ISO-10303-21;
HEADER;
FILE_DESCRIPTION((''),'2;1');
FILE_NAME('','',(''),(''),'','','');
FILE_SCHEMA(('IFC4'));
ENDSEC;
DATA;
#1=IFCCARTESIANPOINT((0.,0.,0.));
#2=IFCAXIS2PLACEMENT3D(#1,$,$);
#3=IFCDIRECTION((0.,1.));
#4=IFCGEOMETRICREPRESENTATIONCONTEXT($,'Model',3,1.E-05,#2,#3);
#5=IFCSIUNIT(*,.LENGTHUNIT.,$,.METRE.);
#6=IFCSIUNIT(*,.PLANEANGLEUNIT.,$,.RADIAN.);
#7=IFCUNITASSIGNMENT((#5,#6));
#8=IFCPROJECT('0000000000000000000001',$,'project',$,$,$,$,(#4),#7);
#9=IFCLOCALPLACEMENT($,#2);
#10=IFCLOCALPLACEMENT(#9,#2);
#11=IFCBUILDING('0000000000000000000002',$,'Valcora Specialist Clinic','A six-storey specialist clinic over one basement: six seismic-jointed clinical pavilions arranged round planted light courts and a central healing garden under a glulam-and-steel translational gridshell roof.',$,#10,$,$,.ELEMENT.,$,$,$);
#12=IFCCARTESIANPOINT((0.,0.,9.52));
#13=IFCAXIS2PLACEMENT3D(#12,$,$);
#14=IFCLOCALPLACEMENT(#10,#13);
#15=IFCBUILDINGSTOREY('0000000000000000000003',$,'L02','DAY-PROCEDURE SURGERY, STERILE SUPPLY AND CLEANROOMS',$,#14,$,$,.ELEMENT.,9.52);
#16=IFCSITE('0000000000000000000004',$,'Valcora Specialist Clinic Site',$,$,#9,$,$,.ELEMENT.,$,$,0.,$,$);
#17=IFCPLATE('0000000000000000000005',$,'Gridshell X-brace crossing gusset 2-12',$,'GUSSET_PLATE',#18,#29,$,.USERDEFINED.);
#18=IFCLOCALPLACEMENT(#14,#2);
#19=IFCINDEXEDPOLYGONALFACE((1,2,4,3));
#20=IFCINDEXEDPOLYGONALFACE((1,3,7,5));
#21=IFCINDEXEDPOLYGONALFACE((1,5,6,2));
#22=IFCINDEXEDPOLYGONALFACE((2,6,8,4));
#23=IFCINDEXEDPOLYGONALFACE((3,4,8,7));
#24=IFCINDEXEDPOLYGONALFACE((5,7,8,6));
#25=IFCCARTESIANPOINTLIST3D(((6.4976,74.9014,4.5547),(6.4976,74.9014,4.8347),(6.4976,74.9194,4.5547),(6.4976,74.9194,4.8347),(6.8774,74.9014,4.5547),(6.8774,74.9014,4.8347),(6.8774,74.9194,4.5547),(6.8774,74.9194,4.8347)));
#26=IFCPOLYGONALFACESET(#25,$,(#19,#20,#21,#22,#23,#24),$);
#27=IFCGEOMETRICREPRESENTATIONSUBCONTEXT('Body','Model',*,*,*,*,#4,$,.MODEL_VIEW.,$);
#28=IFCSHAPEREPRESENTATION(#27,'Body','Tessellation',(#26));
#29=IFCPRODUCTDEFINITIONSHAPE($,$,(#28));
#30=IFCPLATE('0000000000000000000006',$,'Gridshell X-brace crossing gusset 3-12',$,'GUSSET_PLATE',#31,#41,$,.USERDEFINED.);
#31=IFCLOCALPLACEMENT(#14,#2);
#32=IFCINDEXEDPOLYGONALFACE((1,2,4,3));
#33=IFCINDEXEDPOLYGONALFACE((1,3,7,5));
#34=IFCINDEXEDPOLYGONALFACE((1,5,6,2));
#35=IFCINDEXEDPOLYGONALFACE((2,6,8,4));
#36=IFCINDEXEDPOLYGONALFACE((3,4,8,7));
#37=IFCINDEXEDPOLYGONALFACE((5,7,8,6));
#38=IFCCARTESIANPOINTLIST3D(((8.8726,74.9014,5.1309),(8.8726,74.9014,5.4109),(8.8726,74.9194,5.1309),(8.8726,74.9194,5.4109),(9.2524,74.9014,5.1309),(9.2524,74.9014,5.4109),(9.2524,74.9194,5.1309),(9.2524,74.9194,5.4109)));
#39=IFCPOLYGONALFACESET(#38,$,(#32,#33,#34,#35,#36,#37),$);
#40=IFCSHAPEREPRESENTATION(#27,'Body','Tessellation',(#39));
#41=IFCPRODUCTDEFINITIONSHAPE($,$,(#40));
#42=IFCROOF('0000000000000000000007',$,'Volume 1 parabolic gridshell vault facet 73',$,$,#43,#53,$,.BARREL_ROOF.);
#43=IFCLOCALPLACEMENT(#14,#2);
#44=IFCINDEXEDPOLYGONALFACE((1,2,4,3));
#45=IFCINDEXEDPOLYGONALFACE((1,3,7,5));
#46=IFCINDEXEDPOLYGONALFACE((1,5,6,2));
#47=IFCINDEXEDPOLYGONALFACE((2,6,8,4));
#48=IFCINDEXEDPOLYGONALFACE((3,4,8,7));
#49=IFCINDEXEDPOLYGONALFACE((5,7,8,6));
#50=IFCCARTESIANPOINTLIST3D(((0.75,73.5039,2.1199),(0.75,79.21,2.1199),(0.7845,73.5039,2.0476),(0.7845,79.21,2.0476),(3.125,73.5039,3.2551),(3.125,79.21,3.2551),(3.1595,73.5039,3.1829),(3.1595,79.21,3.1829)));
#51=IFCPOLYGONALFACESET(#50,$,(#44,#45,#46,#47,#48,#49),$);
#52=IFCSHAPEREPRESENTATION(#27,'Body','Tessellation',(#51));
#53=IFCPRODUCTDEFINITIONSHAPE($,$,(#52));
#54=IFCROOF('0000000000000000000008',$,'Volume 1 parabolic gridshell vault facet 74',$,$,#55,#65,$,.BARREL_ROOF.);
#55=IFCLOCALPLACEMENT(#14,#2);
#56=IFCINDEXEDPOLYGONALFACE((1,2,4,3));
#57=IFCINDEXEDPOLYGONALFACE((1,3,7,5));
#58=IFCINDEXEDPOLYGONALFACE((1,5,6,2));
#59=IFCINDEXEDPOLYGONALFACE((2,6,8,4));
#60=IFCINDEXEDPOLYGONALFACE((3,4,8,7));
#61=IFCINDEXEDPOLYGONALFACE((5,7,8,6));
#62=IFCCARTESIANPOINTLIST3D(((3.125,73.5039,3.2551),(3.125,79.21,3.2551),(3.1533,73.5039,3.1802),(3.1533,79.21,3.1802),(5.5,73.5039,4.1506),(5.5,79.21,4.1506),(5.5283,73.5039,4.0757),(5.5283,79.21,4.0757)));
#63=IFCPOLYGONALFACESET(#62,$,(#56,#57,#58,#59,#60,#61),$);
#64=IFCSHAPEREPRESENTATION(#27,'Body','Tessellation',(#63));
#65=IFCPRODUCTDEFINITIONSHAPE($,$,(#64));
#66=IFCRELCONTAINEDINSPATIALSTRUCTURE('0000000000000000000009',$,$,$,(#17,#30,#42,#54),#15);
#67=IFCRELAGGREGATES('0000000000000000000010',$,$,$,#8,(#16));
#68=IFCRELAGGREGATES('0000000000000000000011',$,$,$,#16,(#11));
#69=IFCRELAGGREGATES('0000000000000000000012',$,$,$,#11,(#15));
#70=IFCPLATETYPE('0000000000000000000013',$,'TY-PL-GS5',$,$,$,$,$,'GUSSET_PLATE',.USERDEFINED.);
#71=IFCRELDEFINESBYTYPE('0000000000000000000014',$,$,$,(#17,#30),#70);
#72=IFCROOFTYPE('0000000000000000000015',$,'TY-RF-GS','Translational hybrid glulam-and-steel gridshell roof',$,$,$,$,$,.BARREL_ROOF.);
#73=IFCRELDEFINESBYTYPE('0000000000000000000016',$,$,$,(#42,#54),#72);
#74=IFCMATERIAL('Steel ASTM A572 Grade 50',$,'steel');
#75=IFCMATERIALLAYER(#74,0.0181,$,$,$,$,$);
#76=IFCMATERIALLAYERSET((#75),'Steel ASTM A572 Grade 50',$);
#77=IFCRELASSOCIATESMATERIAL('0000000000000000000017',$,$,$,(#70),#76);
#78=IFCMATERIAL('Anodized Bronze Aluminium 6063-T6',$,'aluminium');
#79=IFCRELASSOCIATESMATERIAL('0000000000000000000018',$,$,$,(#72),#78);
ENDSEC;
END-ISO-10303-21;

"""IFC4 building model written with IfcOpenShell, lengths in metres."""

from ifc_helpers import new_model, si_unit, direction, frame, origin, origin_2d, place, context, subcontext, project, spatial, polyline, rectangle, outline, extrude, material, layer, layer_set, type_object, element, save


model = new_model("IFC4")

# Units and contexts
model_context = context("Model", 3, precision=1e-05, world=origin(), true_north=direction((0.0, 1.0)))
body_context = subcontext(model_context, "Body", "Model", "MODEL_VIEW")
ifc_project = project(units=[si_unit("LENGTHUNIT", "METRE"), si_unit("PLANEANGLEUNIT", "RADIAN")], contexts=[model_context])

# Site, building, storey
site_placement = place(None, origin())
site = spatial("IfcSite", under=ifc_project, at=site_placement, Name="Valcora Specialist Clinic Site", CompositionType="ELEMENT", RefElevation=0.0)
building_placement = place(site_placement, origin())
building = spatial("IfcBuilding", under=site, at=building_placement, Name="Valcora Specialist Clinic", Description="A six-storey specialist clinic over one basement: six seismic-jointed clinical pavilions arranged round planted light courts and a central healing garden under a glulam-and-steel translational gridshell roof.", CompositionType="ELEMENT")
storey_placement = place(building_placement, frame((0.0, 0.0, 9.52)))
storey = spatial("IfcBuildingStorey", under=building, at=storey_placement, Name="L02", Description="DAY-PROCEDURE SURGERY, STERILE SUPPLY AND CLEANROOMS", CompositionType="ELEMENT", Elevation=9.52)

# Plates
ifc_material_1 = material(Name="Steel ASTM A572 Grade 50", Category="steel")
ifc_layer = layer(ifc_material_1, 0.0181)
ifc_layer_set = layer_set([ifc_layer], Name="Steel ASTM A572 Grade 50")
plate_type = type_object("IfcPlateType", Name="TY-PL-GS5", ElementType="GUSSET_PLATE", PredefinedType="USERDEFINED", material=ifc_layer_set)
for number, where, z_axis, x_axis, name in (
    (1, (6.6875, 74.9104, 4.5547), (0.0, 0.0, 1.0), (1.0, 0.0, 0.0), "Gridshell X-brace crossing gusset 2-12"),
    (2, (9.0625, 74.9104, 5.1309), (0.0, 0.0, 1.0), (1.0, 0.0, 0.0), "Gridshell X-brace crossing gusset 3-12"),
):
    element("IfcPlate", number, at=place(storey_placement, frame(where, z_axis=z_axis, x_axis=x_axis)), inside=storey, type_object=plate_type, Name=name, ObjectType="GUSSET_PLATE", PredefinedType="USERDEFINED", context=body_context, shape_type="SweptSolid", body=[
        extrude(rectangle(XDim=0.3799, YDim=0.0181, at=origin_2d()), origin(), (0.0, 0.0, 1.0), 0.28),
    ])

# Roofs
ifc_material_2 = material(Name="Anodized Bronze Aluminium 6063-T6", Category="aluminium")
roof_type = type_object("IfcRoofType", Name="TY-RF-GS", Description="Translational hybrid glulam-and-steel gridshell roof", PredefinedType="BARREL_ROOF", material=ifc_material_2)
roof_1_placement = place(storey_placement, frame((0.75, 73.5039, 2.1199), z_axis=(-0.431265, 0.0, 0.902225), x_axis=(0.902225, 0.0, 0.431265)))
element("IfcRoof", 3, at=roof_1_placement, inside=storey, type_object=roof_type, Name="Volume 1 parabolic gridshell vault facet 73", PredefinedType="BARREL_ROOF", context=body_context, shape_type="SweptSolid", body=[
    extrude(outline(polyline([(0.0, 0.0), (2.6324, 0.0), (2.6324, 5.7061), (0.0, 5.7061), (0.0, 0.0)])), origin(), (0.0, 0.0, -1.0), 0.0801),
])
roof_2_placement = place(storey_placement, frame((3.125, 73.5039, 3.2551), z_axis=(-0.352809, 0.0, 0.935695), x_axis=(0.935695, 0.0, 0.352809)))
element("IfcRoof", 4, at=roof_2_placement, inside=storey, type_object=roof_type, Name="Volume 1 parabolic gridshell vault facet 74", PredefinedType="BARREL_ROOF", context=body_context, shape_type="SweptSolid", body=[
    extrude(outline(polyline([(0.0, 0.0), (2.5382, 0.0), (2.5382, 5.7061), (0.0, 5.7061), (0.0, 0.0)])), origin(), (0.0, 0.0, -1.0), 0.0801),
])

save(model, "model.ifc")
